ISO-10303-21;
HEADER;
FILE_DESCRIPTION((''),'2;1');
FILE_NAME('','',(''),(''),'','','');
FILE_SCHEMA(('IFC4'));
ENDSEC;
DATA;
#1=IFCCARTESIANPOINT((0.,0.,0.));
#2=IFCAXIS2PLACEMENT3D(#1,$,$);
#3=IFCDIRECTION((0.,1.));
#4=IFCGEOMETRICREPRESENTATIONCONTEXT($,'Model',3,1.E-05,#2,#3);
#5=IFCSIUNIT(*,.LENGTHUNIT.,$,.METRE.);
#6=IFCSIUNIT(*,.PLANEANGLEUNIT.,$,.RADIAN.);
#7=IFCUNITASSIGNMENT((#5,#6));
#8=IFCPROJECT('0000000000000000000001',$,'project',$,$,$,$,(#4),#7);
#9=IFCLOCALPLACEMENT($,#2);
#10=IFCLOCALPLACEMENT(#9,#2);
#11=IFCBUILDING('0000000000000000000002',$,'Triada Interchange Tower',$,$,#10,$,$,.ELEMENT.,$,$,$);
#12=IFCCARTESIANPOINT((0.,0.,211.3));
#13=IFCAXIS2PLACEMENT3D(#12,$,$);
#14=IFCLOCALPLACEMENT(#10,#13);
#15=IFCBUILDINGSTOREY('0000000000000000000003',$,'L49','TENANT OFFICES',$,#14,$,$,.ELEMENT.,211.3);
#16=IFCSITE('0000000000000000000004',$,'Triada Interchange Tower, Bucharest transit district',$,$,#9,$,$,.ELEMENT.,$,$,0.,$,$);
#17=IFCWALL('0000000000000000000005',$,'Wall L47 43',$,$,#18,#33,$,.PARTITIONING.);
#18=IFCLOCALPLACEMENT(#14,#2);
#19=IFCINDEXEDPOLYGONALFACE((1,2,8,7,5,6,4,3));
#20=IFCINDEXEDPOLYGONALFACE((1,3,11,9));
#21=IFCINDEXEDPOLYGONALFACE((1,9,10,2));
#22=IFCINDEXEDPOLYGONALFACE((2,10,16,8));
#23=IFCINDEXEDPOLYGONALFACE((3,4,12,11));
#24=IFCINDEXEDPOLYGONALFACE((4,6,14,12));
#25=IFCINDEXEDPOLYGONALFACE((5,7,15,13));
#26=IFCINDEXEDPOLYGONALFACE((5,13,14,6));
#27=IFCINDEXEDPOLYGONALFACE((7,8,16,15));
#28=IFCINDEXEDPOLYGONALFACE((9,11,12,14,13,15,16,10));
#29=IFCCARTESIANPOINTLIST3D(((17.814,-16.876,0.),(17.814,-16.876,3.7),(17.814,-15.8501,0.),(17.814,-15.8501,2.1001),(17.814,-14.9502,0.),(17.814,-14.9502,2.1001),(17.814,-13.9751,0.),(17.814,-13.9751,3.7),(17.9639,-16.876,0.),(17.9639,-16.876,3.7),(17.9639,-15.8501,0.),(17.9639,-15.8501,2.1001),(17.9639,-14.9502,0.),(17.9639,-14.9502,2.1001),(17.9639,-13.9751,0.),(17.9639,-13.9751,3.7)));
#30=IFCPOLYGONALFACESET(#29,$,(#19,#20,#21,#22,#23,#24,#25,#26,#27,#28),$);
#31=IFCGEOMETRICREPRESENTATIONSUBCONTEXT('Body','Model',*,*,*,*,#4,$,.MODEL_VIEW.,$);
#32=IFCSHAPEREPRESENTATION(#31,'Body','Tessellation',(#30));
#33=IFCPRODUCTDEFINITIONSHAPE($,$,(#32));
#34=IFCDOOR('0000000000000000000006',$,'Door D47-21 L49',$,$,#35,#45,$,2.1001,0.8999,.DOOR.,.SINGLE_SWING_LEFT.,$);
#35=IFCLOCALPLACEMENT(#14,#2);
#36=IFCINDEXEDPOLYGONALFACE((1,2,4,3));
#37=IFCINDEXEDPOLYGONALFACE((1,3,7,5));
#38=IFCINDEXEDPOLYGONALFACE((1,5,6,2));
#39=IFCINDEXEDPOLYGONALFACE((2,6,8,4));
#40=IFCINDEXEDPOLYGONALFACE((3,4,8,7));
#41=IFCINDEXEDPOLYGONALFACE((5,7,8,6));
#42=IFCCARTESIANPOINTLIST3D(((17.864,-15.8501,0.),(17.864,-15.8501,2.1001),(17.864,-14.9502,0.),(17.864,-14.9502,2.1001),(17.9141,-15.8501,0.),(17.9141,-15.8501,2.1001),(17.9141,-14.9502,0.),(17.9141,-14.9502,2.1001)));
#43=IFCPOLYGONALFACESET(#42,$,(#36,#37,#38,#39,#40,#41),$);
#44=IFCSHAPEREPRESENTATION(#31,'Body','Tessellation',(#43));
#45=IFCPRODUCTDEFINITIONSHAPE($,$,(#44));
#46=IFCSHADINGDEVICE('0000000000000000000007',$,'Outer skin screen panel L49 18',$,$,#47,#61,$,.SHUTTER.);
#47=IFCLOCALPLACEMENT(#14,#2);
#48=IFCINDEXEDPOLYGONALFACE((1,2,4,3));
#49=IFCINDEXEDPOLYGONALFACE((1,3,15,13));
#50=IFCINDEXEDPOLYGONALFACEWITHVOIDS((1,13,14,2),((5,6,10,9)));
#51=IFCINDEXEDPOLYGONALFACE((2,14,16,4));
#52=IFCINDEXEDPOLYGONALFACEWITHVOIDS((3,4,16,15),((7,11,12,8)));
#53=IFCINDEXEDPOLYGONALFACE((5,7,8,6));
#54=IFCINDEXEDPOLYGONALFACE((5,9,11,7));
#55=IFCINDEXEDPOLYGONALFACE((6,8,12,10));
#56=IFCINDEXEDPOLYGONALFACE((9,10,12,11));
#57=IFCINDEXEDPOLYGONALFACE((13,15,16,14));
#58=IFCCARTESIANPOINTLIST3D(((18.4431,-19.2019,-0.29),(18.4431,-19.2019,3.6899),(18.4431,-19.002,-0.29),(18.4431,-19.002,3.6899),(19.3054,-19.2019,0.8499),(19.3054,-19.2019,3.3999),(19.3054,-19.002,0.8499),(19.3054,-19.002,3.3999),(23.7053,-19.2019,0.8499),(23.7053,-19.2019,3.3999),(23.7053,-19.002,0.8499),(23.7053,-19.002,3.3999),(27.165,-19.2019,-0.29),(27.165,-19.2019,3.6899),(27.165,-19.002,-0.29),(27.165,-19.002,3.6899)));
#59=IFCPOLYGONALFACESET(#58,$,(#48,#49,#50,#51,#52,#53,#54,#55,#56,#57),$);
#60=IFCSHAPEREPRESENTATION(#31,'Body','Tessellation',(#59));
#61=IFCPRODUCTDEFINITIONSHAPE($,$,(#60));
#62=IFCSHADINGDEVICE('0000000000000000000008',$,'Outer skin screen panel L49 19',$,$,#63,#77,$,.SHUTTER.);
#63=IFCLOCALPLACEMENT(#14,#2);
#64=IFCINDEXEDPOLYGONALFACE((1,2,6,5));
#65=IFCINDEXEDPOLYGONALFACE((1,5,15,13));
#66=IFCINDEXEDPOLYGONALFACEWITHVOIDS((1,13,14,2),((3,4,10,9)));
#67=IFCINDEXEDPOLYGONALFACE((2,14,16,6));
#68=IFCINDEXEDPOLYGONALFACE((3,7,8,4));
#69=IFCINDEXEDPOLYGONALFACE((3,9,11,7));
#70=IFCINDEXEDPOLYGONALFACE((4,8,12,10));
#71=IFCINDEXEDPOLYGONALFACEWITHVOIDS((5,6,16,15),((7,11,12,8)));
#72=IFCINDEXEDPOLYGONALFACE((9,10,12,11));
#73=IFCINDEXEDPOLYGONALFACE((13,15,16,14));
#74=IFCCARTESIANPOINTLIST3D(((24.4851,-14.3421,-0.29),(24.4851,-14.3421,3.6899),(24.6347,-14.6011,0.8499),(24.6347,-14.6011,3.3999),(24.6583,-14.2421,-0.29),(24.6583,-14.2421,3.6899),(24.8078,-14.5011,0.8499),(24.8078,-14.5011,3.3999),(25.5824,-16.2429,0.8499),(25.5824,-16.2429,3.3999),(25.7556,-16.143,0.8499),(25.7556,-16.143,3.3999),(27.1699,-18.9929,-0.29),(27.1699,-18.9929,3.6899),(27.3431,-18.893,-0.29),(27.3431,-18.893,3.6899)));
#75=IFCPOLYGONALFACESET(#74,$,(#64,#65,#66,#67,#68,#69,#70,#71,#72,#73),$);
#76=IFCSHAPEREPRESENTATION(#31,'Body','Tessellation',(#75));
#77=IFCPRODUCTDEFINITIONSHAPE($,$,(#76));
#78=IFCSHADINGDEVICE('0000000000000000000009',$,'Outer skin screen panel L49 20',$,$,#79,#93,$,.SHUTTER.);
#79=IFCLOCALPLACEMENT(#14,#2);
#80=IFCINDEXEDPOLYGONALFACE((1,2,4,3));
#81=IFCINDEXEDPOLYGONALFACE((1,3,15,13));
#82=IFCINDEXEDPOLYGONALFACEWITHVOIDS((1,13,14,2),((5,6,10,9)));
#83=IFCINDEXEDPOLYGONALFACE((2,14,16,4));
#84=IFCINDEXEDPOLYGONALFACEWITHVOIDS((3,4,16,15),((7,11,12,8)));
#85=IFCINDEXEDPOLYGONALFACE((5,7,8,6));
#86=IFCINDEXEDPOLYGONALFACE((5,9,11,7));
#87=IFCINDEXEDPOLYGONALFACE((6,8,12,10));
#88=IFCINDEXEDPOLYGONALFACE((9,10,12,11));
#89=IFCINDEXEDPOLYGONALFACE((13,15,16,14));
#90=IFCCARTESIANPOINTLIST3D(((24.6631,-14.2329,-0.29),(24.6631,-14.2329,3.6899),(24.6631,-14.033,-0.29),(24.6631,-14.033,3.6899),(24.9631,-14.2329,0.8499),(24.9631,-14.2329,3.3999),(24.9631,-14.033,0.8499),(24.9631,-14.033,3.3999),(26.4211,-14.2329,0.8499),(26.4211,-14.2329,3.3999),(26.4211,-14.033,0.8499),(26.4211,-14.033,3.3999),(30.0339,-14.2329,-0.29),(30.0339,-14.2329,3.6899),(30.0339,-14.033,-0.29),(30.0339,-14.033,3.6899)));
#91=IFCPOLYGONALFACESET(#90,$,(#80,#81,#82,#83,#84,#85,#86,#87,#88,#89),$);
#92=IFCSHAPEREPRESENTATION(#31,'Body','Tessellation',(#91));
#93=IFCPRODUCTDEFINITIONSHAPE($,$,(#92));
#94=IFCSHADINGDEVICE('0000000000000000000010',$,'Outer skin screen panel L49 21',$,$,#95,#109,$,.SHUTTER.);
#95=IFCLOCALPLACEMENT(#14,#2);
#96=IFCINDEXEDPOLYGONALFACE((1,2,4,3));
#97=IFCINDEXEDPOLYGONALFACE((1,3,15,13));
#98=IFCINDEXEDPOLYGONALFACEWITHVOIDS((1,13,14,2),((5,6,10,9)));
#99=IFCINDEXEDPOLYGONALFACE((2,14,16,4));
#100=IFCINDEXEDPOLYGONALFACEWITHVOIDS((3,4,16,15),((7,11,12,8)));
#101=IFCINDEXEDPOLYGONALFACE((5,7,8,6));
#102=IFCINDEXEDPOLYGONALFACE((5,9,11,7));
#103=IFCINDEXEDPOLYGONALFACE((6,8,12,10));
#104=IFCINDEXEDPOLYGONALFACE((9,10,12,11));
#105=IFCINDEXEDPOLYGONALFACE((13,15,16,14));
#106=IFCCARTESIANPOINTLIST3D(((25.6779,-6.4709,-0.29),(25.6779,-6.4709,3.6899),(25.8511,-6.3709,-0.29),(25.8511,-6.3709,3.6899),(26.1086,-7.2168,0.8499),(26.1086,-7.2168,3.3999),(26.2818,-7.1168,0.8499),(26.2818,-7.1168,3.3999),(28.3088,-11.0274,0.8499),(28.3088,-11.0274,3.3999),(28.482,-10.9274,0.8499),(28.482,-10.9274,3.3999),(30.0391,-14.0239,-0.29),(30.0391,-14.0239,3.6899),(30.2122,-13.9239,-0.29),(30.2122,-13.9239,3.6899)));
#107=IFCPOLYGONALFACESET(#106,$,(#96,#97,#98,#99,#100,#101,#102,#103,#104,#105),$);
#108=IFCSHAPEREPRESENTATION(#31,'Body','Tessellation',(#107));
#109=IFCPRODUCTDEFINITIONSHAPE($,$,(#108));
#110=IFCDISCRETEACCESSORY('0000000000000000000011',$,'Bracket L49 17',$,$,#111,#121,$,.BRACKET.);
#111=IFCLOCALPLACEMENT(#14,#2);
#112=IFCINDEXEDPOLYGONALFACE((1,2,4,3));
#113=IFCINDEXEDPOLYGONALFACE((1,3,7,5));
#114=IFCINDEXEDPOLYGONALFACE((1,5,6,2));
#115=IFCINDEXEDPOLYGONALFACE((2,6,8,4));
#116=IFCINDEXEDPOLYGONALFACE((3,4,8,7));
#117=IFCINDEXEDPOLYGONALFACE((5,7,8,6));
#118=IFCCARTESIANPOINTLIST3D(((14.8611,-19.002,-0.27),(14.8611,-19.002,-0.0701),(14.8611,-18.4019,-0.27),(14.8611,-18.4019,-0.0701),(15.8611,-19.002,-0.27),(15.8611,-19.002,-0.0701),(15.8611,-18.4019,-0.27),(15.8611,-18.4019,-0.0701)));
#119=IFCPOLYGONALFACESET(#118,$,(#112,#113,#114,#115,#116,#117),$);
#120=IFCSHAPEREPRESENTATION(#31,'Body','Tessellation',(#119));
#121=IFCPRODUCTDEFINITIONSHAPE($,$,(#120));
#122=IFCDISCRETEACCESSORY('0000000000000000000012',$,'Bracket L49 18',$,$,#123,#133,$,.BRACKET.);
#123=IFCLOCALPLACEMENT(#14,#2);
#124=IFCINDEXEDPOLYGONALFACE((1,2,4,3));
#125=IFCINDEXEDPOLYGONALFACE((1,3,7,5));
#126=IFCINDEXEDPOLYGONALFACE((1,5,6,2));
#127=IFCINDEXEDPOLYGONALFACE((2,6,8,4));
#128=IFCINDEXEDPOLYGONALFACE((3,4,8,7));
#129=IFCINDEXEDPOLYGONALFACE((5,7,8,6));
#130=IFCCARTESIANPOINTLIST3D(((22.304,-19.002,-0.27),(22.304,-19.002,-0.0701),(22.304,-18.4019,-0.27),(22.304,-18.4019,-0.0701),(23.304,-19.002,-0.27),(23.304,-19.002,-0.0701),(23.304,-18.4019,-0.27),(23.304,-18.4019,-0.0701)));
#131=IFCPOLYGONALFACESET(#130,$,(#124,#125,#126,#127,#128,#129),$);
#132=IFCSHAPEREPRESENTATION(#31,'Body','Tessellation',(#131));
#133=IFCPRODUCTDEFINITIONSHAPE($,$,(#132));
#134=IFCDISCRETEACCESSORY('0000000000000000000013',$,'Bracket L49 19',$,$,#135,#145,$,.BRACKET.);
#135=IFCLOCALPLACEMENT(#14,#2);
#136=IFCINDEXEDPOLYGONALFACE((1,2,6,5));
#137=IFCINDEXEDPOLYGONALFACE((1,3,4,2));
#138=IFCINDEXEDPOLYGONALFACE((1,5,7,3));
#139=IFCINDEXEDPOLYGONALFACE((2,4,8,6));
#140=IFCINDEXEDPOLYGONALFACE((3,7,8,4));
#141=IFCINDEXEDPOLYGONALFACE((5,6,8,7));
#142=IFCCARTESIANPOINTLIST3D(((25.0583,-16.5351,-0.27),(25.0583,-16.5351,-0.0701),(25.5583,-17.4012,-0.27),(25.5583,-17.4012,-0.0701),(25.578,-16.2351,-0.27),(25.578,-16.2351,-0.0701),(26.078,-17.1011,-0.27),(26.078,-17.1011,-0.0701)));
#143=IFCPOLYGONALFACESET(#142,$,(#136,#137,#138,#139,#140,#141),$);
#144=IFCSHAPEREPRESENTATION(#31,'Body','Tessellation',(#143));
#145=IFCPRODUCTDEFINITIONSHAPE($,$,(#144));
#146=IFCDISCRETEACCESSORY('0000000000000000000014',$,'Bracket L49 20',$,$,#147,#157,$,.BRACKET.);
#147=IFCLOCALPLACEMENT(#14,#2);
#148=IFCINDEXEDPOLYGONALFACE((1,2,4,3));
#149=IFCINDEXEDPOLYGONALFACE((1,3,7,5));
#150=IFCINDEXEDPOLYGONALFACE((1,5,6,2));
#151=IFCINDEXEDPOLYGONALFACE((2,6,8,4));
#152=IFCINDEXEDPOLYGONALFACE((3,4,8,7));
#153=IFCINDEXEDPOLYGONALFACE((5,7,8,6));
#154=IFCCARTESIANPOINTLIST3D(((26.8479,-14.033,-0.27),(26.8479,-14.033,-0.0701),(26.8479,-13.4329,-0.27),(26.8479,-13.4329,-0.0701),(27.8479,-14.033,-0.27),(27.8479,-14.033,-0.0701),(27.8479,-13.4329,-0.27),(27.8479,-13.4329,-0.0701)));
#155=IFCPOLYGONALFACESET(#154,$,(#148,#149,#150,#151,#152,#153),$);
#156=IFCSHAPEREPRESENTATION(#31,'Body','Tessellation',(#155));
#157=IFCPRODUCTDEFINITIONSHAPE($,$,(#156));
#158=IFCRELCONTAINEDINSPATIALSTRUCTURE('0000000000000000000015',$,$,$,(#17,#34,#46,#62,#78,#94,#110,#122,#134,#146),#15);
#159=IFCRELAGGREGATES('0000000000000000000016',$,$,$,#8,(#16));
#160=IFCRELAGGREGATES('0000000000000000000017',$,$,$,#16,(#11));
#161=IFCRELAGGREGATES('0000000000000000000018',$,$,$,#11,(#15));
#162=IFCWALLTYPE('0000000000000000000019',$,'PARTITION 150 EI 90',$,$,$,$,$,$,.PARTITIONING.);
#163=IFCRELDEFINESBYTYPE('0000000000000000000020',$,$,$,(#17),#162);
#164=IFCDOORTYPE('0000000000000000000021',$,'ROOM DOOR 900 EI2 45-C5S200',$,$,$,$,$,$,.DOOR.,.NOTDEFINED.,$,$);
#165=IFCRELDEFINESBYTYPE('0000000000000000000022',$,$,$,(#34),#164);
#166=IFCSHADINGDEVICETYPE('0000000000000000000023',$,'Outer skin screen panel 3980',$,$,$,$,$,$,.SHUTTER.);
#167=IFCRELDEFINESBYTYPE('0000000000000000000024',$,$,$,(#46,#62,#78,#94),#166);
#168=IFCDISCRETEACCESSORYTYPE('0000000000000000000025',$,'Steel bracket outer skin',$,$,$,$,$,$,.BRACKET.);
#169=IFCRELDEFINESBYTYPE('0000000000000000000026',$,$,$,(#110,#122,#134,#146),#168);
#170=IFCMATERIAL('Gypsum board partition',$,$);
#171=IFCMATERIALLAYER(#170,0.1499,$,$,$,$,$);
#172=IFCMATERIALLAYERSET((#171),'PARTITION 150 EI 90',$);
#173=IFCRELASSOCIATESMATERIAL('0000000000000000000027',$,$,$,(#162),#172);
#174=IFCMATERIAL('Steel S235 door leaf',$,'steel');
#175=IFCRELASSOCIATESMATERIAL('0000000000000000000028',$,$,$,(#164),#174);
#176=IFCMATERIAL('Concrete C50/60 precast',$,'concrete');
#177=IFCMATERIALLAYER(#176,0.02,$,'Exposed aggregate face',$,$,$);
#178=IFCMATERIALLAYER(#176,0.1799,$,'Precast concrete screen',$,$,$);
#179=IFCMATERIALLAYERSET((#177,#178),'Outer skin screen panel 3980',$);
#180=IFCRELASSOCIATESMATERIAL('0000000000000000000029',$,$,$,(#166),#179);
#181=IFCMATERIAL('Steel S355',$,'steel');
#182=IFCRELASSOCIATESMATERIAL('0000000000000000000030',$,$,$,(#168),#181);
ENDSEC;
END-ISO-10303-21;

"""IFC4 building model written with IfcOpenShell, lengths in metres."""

from ifc_helpers import new_model, si_unit, direction, frame, frame_2d, origin, origin_2d, place, context, subcontext, project, spatial, polyline, rectangle, outline, extrude, material, layer, layer_set, type_object, element, fill, save


model = new_model("IFC4")

# Units and contexts
model_context = context("Model", 3, precision=1e-05, world=origin(), true_north=direction((0.0, 1.0)))
body_context = subcontext(model_context, "Body", "Model", "MODEL_VIEW")
ifc_project = project(units=[si_unit("LENGTHUNIT", "METRE"), si_unit("PLANEANGLEUNIT", "RADIAN")], contexts=[model_context])

# Site, building, storey
site_placement = place(None, origin())
site = spatial("IfcSite", under=ifc_project, at=site_placement, Name="Triada Interchange Tower, Bucharest transit district", CompositionType="ELEMENT", RefElevation=0.0)
building_placement = place(site_placement, origin())
building = spatial("IfcBuilding", under=site, at=building_placement, Name="Triada Interchange Tower", CompositionType="ELEMENT")
storey_placement = place(building_placement, frame((0.0, 0.0, 211.3)))
storey = spatial("IfcBuildingStorey", under=building, at=storey_placement, Name="L49", Description="TENANT OFFICES", CompositionType="ELEMENT", Elevation=211.3)

# Wall, opening, door
ifc_material_1 = material(Name="Gypsum board partition")
ifc_layer_1 = layer(ifc_material_1, 0.1499)
ifc_layer_set_1 = layer_set([ifc_layer_1], Name="PARTITION 150 EI 90")
wall_type_1 = type_object("IfcWallType", Name="PARTITION 150 EI 90", PredefinedType="PARTITIONING", material=ifc_layer_set_1)
wall_1_placement = place(storey_placement, frame((17.8889, -16.876, 0.0), z_axis=(0.0, 0.0, 1.0), x_axis=(0.0, 1.0, 0.0)))
wall_1 = element("IfcWall", 1, at=wall_1_placement, inside=storey, type_object=wall_type_1, Name="Wall L47 43", PredefinedType="PARTITIONING", context=body_context, shape_type="SweptSolid", body=[
    extrude(rectangle(XDim=2.9009, YDim=0.1499, at=frame_2d((1.4504, 0.0))), origin(), (0.0, 0.0, 1.0), 3.7),
])
opening_1_placement = place(wall_1_placement, frame((1.0259, 0.0, 0.0)))
opening_1 = element("IfcOpeningElement", 2, at=opening_1_placement, cuts=wall_1, PredefinedType="OPENING", context=body_context, shape_type="SweptSolid", body=[
    extrude(rectangle(XDim=0.8999, YDim=2.1001, at=frame_2d((0.45, 1.05))), frame((0.0, 0.085, 0.0), z_axis=(0.0, -1.0, 0.0), x_axis=(1.0, 0.0, 0.0)), (0.0, 0.0, 1.0), 0.1699),
])
ifc_material_2 = material(Name="Steel S235 door leaf", Category="steel")
door_type = type_object("IfcDoorType", Name="ROOM DOOR 900 EI2 45-C5S200", OperationType="NOTDEFINED", PredefinedType="DOOR", material=ifc_material_2)
door_placement = place(opening_1_placement, origin())
door = element("IfcDoor", 3, at=door_placement, inside=storey, type_object=door_type, Name="Door D47-21 L49", OperationType="SINGLE_SWING_LEFT", OverallHeight=2.1001, OverallWidth=0.8999, PredefinedType="DOOR", context=body_context, shape_type="SweptSolid", body=[
    extrude(rectangle(XDim=0.8999, YDim=2.1001, at=frame_2d((0.45, 1.05))), frame((0.0, 0.0249, 0.0), z_axis=(0.0, -1.0, 0.0), x_axis=(1.0, 0.0, 0.0)), (0.0, 0.0, 1.0), 0.05),
])
fill(opening_1, door)

# Shading devices
ifc_material_3 = material(Name="Concrete C50/60 precast", Category="concrete")
ifc_layer_2 = layer(ifc_material_3, 0.02, Name="Exposed aggregate face")
ifc_layer_3 = layer(ifc_material_3, 0.1799, Name="Precast concrete screen")
ifc_layer_set_2 = layer_set([ifc_layer_2, ifc_layer_3], Name="Outer skin screen panel 3980")
shading_device_type = type_object("IfcShadingDeviceType", Name="Outer skin screen panel 3980", PredefinedType="SHUTTER", material=ifc_layer_set_2)
shading_device_1_placement = place(storey_placement, frame((18.4431, -19.002, -0.29), z_axis=(0.0, 0.0, 1.0), x_axis=(1.0, 0.0, 0.0)))
element("IfcShadingDevice", 4, at=shading_device_1_placement, inside=storey, type_object=shading_device_type, Name="Outer skin screen panel L49 18", PredefinedType="SHUTTER", context=body_context, shape_type="SweptSolid", body=[
    extrude(outline(polyline([(0.0, 0.0), (8.7219, 0.0), (8.7219, 3.98), (0.0, 3.98), (0.0, 0.0)]), holes=[polyline([(0.8623, 1.1399), (0.8623, 3.6899), (5.2622, 3.6899), (5.2622, 1.1399), (0.8623, 1.1399)])]), frame((0.0, 0.0, 0.0), z_axis=(0.0, -1.0, 0.0), x_axis=(1.0, 0.0, 0.0)), (0.0, 0.0, 1.0), 0.2),
])
shading_device_2_placement = place(storey_placement, frame((27.1699, -18.9929, -0.29), z_axis=(0.0, 0.0, 1.0), x_axis=(-0.499948, 0.866055, 0.0)))
element("IfcShadingDevice", 5, at=shading_device_2_placement, inside=storey, type_object=shading_device_type, Name="Outer skin screen panel L49 19", PredefinedType="SHUTTER", context=body_context, shape_type="SweptSolid", body=[
    extrude(outline(polyline([(0.0, 0.0), (5.3701, 0.0), (5.3701, 3.98), (0.0, 3.98), (0.0, 0.0)]), holes=[polyline([(3.1753, 1.1399), (3.1753, 3.6899), (5.071, 3.6899), (5.071, 1.1399), (3.1753, 1.1399)])]), frame((0.0, 0.0, 0.0), z_axis=(0.0, -1.0, 0.0), x_axis=(1.0, 0.0, 0.0)), (0.0, 0.0, 1.0), 0.2),
])
shading_device_3_placement = place(storey_placement, frame((24.6631, -14.033, -0.29), z_axis=(0.0, 0.0, 1.0), x_axis=(1.0, 0.0, 0.0)))
element("IfcShadingDevice", 6, at=shading_device_3_placement, inside=storey, type_object=shading_device_type, Name="Outer skin screen panel L49 20", PredefinedType="SHUTTER", context=body_context, shape_type="SweptSolid", body=[
    extrude(outline(polyline([(0.0, 0.0), (5.3708, 0.0), (5.3708, 3.98), (0.0, 3.98), (0.0, 0.0)]), holes=[polyline([(0.3, 1.1399), (0.3, 3.6899), (1.7581, 3.6899), (1.7581, 1.1399), (0.3, 1.1399)])]), frame((0.0, 0.0, 0.0), z_axis=(0.0, -1.0, 0.0), x_axis=(1.0, 0.0, 0.0)), (0.0, 0.0, 1.0), 0.2),
])
shading_device_4_placement = place(storey_placement, frame((30.0391, -14.0239, -0.29), z_axis=(0.0, 0.0, 1.0), x_axis=(-0.500032, 0.866007, 0.0)))
element("IfcShadingDevice", 7, at=shading_device_4_placement, inside=storey, type_object=shading_device_type, Name="Outer skin screen panel L49 21", PredefinedType="SHUTTER", context=body_context, shape_type="SweptSolid", body=[
    extrude(outline(polyline([(0.0, 0.0), (8.7217, 0.0), (8.7217, 3.98), (0.0, 3.98), (0.0, 0.0)]), holes=[polyline([(3.4602, 1.1399), (3.4602, 3.6899), (7.8604, 3.6899), (7.8604, 1.1399), (3.4602, 1.1399)])]), frame((0.0, 0.0, 0.0), z_axis=(0.0, -1.0, 0.0), x_axis=(1.0, 0.0, 0.0)), (0.0, 0.0, 1.0), 0.2),
])

# Discrete accessories
ifc_material_4 = material(Name="Steel S355", Category="steel")
discrete_accessory_type = type_object("IfcDiscreteAccessoryType", Name="Steel bracket outer skin", PredefinedType="BRACKET", material=ifc_material_4)
for number, where, z_axis, x_axis, name in (
    (8, (15.3611, -18.7019, -0.27), (0.0, 0.0, 1.0), (0.0, -1.0, 0.0), "Bracket L49 17"),
    (9, (22.804, -18.7019, -0.27), (0.0, 0.0, 1.0), (0.0, -1.0, 0.0), "Bracket L49 18"),
    (10, (25.5681, -16.8181, -0.27), (0.0, 0.0, 1.0), (0.866014, 0.500019, 0.0), "Bracket L49 19"),
    (11, (27.3479, -13.7329, -0.27), (0.0, 0.0, 1.0), (0.0, -1.0, 0.0), "Bracket L49 20"),
):
    element("IfcDiscreteAccessory", number, at=place(storey_placement, frame(where, z_axis=z_axis, x_axis=x_axis)), inside=storey, type_object=discrete_accessory_type, Name=name, PredefinedType="BRACKET", context=body_context, shape_type="SweptSolid", body=[
        extrude(rectangle(XDim=0.6001, YDim=1.0, at=origin_2d()), origin(), (0.0, 0.0, 1.0), 0.2),
    ])

save(model, "model.ifc")
